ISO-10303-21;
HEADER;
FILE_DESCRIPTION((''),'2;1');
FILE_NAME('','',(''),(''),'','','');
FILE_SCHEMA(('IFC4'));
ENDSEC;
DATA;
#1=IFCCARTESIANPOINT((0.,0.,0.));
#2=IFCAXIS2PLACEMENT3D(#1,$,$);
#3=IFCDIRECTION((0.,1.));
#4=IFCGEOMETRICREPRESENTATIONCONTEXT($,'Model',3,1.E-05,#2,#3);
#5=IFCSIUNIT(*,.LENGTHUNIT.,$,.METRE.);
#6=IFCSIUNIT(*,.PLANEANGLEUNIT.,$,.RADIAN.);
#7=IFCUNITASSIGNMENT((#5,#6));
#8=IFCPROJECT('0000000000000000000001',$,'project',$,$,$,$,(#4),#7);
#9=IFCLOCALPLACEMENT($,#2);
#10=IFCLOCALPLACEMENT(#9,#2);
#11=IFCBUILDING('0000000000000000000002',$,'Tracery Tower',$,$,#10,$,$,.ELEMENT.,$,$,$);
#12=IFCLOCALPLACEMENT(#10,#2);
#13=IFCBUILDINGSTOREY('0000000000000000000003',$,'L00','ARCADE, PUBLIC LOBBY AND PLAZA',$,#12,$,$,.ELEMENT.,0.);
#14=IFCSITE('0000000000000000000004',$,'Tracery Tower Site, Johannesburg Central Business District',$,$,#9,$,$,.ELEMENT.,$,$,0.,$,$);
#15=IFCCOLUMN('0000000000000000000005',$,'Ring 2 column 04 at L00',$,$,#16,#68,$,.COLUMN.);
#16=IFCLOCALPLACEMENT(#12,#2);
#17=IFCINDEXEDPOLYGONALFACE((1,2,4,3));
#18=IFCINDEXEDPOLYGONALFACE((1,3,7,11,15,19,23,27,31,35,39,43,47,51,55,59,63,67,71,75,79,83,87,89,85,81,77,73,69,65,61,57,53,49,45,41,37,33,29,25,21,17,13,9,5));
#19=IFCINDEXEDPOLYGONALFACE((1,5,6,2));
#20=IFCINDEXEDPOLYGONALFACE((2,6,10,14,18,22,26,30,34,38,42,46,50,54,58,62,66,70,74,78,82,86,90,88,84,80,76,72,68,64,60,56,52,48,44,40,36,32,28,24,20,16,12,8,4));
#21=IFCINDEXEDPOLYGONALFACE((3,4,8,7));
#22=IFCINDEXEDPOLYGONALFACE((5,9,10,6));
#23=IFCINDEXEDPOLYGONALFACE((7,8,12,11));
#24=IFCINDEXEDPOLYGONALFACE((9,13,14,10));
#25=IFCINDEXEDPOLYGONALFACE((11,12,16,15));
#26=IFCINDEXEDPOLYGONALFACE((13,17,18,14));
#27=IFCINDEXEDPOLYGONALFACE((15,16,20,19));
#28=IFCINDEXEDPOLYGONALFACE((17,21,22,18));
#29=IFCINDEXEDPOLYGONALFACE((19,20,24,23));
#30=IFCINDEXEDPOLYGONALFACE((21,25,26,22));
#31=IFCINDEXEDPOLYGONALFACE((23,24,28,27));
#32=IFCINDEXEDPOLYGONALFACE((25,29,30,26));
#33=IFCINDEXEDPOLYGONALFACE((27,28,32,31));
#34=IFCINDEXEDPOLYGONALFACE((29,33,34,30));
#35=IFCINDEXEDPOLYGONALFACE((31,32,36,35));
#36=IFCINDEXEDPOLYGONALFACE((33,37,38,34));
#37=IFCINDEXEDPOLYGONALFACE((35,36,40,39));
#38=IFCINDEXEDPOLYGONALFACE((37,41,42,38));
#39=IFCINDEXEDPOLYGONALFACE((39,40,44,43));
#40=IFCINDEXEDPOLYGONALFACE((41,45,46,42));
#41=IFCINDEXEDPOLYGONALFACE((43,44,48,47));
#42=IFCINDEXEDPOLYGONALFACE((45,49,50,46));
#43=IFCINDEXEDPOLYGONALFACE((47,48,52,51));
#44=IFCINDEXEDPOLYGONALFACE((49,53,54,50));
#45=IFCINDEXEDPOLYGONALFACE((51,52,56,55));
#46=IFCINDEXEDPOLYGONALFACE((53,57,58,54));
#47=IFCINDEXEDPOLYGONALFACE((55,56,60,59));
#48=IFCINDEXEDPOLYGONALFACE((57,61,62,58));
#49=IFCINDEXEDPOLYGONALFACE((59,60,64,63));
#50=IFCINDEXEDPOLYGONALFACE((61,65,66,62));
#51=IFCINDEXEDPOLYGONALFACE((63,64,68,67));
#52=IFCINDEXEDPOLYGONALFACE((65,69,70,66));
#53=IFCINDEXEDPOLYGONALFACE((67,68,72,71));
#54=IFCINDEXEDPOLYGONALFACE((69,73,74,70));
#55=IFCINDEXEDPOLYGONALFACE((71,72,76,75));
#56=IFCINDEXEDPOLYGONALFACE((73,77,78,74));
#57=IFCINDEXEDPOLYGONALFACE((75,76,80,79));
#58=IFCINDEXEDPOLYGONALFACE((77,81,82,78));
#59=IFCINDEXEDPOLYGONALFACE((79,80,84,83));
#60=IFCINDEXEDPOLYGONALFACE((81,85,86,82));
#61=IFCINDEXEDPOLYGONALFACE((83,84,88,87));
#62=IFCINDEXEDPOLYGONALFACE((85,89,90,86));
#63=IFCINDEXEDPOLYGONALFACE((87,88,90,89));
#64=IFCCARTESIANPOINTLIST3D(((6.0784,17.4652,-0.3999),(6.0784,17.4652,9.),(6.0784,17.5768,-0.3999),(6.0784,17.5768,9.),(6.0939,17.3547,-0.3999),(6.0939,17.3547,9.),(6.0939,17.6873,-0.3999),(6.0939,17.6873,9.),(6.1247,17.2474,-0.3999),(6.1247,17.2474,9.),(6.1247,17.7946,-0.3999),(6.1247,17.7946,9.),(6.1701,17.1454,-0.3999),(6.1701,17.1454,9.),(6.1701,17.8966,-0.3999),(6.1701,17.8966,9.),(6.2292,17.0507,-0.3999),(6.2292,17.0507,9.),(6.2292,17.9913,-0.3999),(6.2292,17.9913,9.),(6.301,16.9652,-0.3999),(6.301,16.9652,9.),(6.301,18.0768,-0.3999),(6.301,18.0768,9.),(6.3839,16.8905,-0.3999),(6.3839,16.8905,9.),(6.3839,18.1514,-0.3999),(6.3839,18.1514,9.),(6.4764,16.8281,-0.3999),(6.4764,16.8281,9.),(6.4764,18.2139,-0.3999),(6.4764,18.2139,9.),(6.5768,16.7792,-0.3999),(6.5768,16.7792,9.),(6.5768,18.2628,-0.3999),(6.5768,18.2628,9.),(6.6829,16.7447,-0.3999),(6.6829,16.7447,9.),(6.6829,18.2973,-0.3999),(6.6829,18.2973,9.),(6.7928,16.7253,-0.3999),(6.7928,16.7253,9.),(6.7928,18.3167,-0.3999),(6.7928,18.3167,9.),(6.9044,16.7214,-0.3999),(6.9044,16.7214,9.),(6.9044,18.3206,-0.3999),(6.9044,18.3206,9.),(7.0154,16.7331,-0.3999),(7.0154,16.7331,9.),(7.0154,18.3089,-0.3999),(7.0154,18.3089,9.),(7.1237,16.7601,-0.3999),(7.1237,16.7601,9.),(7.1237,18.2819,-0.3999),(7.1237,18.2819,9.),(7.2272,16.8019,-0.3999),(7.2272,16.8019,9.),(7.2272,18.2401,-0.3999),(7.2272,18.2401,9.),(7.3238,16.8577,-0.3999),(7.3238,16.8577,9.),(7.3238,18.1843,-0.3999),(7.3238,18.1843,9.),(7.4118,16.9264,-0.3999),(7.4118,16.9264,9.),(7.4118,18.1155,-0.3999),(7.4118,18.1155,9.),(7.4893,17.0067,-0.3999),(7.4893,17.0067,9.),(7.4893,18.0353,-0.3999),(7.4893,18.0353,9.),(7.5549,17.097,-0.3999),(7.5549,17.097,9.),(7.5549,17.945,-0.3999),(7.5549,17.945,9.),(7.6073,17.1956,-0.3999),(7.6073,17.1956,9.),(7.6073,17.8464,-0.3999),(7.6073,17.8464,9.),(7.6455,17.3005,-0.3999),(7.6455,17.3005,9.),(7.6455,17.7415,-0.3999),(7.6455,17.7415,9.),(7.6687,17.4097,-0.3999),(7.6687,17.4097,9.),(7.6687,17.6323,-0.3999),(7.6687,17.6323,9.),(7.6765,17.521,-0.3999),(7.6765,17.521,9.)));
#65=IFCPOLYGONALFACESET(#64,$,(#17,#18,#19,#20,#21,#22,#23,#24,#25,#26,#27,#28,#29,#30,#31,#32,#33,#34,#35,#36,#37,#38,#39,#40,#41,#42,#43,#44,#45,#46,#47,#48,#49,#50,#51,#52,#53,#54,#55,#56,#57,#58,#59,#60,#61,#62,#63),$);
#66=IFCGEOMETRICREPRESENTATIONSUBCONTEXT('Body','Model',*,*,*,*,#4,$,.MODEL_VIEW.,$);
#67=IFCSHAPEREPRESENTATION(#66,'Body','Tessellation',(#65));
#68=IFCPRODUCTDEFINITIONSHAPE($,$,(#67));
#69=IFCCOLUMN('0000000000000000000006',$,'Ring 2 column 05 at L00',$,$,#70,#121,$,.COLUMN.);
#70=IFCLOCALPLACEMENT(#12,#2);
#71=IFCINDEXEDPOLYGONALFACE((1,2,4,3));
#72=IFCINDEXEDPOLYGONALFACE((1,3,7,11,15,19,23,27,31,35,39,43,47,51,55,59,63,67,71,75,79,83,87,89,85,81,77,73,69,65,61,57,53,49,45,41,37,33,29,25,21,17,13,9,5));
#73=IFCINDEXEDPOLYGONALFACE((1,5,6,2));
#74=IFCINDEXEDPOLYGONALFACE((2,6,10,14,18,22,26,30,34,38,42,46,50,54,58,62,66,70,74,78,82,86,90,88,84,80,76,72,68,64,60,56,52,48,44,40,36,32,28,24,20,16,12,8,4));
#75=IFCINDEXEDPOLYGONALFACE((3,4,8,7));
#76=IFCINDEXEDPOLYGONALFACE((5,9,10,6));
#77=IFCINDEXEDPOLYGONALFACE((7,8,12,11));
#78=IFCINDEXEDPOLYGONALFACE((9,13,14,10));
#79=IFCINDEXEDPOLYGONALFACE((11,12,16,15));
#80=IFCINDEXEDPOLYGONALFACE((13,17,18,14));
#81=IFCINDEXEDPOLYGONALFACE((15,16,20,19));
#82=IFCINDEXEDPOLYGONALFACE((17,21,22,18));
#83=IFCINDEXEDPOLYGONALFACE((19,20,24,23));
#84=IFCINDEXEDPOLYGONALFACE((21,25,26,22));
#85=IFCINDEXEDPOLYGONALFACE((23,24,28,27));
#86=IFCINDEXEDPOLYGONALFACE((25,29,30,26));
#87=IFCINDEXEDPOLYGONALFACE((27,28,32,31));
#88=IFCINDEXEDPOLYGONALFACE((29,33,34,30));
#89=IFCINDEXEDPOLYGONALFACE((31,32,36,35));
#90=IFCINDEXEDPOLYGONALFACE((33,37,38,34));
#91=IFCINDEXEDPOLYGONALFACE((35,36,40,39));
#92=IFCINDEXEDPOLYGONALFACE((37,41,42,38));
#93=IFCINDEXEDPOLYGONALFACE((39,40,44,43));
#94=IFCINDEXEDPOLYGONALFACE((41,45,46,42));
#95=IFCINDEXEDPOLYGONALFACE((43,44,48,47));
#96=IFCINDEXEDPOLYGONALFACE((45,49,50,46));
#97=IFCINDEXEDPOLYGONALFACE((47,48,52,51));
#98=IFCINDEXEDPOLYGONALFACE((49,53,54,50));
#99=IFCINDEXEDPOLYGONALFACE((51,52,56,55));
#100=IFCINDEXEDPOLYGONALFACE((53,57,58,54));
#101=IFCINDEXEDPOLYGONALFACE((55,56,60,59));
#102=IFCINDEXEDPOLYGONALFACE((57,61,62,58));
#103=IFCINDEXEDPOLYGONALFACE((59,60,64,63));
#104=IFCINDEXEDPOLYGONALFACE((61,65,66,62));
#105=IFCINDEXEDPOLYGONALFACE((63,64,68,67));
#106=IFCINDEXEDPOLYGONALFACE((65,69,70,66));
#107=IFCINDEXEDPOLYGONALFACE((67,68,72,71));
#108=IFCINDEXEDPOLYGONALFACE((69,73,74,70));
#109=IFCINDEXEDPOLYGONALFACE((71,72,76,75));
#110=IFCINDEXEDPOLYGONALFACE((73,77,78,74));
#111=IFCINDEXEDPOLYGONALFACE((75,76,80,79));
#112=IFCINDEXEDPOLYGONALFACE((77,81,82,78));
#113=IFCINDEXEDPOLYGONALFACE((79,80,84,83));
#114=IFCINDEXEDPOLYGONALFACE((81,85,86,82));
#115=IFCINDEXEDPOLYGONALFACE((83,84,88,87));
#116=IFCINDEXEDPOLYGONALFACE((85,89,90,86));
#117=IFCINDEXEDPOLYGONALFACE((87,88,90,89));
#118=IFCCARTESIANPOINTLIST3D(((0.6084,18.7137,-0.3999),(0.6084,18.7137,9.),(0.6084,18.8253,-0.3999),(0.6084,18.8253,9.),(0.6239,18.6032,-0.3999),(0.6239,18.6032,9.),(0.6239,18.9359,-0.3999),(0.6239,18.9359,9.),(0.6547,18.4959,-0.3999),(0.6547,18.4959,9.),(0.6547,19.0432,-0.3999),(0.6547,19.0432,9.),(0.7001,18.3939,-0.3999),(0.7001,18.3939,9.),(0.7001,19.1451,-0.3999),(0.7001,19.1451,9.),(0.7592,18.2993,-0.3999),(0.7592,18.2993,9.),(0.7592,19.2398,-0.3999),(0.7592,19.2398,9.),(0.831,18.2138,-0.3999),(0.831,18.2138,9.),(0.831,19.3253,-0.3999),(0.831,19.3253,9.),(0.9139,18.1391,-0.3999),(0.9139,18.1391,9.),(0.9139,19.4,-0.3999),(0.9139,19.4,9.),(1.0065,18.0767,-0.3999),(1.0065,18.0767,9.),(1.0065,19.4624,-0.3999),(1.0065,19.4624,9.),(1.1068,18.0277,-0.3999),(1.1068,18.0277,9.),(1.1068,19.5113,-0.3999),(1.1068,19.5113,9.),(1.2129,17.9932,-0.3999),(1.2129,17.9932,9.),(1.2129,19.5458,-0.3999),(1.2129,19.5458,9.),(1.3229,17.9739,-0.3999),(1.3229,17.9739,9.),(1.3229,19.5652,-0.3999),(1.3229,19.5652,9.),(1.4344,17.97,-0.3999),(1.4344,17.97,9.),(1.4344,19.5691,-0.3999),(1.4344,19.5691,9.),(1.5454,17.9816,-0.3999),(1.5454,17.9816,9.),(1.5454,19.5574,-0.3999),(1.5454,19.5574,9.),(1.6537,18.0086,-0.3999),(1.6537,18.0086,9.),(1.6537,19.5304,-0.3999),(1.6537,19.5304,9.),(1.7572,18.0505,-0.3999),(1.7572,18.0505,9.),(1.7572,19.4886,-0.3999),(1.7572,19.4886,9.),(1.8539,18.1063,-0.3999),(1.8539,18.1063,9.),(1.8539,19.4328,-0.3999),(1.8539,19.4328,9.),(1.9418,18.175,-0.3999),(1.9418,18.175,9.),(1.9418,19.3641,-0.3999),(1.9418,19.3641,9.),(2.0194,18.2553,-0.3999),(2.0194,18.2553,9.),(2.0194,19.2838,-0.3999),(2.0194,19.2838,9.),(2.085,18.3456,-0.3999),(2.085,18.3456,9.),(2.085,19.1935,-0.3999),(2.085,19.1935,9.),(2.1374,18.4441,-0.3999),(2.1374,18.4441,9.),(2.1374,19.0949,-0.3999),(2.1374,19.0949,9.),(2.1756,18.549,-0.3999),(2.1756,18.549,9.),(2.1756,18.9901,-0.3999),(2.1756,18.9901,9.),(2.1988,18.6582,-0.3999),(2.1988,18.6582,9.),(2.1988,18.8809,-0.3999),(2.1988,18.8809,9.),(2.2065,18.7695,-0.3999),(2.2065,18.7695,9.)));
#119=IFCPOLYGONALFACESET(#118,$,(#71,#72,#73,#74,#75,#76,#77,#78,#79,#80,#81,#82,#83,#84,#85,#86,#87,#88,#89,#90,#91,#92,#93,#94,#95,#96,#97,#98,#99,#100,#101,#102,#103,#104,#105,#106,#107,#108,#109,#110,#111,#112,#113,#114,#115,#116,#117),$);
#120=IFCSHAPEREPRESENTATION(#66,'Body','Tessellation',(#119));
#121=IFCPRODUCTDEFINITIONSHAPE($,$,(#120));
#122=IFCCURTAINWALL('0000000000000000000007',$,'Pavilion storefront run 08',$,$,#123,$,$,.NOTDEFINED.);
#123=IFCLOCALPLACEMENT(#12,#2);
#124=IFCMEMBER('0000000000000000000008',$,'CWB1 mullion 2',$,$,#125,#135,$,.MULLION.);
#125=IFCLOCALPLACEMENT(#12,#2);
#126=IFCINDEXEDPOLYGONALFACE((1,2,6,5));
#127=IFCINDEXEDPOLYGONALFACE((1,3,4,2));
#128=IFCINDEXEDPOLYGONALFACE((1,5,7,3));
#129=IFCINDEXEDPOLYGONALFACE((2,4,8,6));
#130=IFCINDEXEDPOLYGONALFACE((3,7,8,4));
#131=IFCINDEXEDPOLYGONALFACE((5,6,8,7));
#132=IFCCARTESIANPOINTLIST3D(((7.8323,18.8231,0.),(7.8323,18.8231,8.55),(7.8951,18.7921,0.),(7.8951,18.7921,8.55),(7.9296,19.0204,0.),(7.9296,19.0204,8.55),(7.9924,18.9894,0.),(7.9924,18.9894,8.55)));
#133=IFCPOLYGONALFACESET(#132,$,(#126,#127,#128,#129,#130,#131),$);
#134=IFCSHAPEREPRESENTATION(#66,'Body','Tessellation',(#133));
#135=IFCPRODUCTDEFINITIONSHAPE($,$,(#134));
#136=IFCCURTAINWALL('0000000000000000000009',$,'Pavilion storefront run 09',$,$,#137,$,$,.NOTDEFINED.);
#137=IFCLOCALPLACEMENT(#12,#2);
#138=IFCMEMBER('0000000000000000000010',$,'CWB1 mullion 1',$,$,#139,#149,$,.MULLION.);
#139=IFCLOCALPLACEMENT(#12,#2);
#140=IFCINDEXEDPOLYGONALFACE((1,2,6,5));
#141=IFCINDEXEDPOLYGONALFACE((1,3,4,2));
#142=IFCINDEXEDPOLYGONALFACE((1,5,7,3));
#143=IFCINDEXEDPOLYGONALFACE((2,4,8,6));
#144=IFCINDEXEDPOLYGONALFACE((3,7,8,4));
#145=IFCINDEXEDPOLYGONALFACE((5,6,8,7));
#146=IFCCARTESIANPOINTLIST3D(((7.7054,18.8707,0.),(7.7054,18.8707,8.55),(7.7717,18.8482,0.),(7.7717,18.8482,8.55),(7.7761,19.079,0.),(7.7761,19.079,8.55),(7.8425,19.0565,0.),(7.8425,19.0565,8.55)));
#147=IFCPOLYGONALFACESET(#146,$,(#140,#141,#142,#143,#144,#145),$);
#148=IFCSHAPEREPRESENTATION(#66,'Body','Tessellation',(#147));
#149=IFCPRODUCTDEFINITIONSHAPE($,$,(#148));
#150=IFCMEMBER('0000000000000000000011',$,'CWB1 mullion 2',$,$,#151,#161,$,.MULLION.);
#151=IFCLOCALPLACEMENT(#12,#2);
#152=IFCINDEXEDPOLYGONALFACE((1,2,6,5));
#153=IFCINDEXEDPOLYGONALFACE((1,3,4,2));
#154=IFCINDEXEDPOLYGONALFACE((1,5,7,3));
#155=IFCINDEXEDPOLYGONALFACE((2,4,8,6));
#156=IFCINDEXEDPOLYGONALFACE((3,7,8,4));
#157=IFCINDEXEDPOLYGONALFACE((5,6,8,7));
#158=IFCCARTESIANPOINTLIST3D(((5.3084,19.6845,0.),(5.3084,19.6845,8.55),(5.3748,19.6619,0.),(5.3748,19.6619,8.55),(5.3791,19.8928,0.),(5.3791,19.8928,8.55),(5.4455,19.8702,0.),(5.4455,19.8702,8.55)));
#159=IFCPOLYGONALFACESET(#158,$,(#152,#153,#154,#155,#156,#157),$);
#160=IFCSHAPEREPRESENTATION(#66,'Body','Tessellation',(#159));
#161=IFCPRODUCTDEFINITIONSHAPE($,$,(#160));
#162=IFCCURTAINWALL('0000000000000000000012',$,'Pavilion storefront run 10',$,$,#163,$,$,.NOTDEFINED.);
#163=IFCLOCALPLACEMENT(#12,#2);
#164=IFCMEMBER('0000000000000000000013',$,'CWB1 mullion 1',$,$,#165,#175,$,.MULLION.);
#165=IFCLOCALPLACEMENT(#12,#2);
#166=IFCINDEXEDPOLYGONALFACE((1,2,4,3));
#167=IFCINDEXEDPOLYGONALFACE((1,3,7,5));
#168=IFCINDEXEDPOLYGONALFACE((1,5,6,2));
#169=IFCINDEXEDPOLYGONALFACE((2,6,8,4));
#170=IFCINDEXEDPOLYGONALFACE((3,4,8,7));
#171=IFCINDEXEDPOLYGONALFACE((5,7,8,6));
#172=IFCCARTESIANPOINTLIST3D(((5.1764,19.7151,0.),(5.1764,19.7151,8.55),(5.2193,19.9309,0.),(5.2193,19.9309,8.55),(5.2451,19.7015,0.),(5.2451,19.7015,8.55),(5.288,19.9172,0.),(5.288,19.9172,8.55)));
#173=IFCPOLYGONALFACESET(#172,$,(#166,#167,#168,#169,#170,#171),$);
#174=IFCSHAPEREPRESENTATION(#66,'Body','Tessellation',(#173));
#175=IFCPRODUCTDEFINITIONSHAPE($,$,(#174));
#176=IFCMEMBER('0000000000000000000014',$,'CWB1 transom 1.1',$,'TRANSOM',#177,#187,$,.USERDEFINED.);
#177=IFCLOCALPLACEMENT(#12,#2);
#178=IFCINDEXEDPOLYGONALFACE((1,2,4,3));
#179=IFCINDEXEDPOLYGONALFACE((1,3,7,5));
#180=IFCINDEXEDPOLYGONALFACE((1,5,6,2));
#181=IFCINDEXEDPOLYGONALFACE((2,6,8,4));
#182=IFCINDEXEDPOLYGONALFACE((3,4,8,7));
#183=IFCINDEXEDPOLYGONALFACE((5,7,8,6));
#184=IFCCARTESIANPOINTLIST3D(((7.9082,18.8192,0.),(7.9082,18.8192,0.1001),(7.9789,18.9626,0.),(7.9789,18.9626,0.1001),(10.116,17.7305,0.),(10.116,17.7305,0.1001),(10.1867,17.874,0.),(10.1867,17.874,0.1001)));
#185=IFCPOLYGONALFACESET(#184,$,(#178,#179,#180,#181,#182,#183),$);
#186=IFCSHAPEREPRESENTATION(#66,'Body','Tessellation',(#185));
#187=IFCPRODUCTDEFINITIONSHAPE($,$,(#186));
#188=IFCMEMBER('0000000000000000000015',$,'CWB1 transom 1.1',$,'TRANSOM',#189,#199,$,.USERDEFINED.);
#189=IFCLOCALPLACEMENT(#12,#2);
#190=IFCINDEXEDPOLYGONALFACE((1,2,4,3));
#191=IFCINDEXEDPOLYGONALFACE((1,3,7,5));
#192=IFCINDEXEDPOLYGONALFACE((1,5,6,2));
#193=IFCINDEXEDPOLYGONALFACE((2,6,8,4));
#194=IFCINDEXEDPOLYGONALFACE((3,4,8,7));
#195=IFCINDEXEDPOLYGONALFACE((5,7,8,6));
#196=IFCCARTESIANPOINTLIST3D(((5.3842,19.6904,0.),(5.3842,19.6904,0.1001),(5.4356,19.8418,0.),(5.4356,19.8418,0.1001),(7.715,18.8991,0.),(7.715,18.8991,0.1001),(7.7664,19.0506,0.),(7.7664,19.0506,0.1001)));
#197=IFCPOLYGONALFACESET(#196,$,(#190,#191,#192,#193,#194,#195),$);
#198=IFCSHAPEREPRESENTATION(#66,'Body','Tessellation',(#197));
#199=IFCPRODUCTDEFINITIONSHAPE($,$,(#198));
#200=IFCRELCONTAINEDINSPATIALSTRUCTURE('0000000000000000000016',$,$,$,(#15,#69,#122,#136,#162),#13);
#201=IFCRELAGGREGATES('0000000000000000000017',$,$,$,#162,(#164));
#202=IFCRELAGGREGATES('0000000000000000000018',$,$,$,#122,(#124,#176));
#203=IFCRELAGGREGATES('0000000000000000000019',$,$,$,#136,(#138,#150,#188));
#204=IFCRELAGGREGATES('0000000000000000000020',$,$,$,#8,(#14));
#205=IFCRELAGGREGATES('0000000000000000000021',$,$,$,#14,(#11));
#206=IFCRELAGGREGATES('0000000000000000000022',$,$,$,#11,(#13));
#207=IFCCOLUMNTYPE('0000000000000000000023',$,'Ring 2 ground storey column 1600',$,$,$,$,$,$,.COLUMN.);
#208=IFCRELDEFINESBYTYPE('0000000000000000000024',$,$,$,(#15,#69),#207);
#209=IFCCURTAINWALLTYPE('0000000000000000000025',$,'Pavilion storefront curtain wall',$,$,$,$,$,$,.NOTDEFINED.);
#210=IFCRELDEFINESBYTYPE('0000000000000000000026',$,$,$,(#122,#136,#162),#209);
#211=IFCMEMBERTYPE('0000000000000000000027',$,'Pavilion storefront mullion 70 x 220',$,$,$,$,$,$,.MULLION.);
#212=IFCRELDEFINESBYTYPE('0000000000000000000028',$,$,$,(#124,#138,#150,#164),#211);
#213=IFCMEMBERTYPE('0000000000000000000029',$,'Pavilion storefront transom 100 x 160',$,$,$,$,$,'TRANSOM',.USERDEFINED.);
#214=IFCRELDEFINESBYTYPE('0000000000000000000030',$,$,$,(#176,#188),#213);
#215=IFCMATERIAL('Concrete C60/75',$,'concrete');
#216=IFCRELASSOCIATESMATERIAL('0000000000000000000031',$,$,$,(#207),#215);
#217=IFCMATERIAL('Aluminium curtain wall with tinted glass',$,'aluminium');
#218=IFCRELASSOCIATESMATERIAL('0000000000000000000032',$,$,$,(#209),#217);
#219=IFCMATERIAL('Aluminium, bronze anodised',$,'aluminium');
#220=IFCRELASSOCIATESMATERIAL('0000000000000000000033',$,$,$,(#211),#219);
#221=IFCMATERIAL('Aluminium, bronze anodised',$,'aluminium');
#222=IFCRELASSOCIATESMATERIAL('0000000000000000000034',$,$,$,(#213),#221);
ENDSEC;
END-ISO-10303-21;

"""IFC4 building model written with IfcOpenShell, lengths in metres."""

from ifc_helpers import new_model, si_unit, direction, frame, origin, origin_2d, place, context, subcontext, project, spatial, rectangle, circle, extrude, material, material_profile, profile_set, type_object, element, aggregate, save


model = new_model("IFC4")

# Units and contexts
model_context = context("Model", 3, precision=1e-05, world=origin(), true_north=direction((0.0, 1.0)))
body_context = subcontext(model_context, "Body", "Model", "MODEL_VIEW")
ifc_project = project(units=[si_unit("LENGTHUNIT", "METRE"), si_unit("PLANEANGLEUNIT", "RADIAN")], contexts=[model_context])

# Site, building, storey
site_placement = place(None, origin())
site = spatial("IfcSite", under=ifc_project, at=site_placement, Name="Tracery Tower Site, Johannesburg Central Business District", CompositionType="ELEMENT", RefElevation=0.0)
building_placement = place(site_placement, origin())
building = spatial("IfcBuilding", under=site, at=building_placement, Name="Tracery Tower", CompositionType="ELEMENT")
storey_placement = place(building_placement, origin())
storey = spatial("IfcBuildingStorey", under=building, at=storey_placement, Name="L00", Description="ARCADE, PUBLIC LOBBY AND PLAZA", CompositionType="ELEMENT", Elevation=0.0)

# Columns
ifc_material_1 = material(Name="Concrete C60/75", Category="concrete")
ifc_material_profile_1 = material_profile(ifc_material_1, circle(Radius=0.8, at=origin_2d()), Name="RC D1600")
ifc_profile_set_1 = profile_set([ifc_material_profile_1], Name="Concrete C60/75")
column_type = type_object("IfcColumnType", Name="Ring 2 ground storey column 1600", PredefinedType="COLUMN", material=ifc_profile_set_1)
for number, where, z_axis, x_axis, name in (
    (1, (6.8765, 17.521, -0.3999), (0.0, 0.0, 1.0), (1.0, 0.0, 0.0), "Ring 2 column 04 at L00"),
    (2, (1.4065, 18.7695, -0.3999), (0.0, 0.0, 1.0), (1.0, 0.0, 0.0), "Ring 2 column 05 at L00"),
):
    element("IfcColumn", number, at=place(storey_placement, frame(where, z_axis=z_axis, x_axis=x_axis)), inside=storey, type_object=column_type, Name=name, PredefinedType="COLUMN", context=body_context, shape_type="SweptSolid", body=[
        extrude(circle(Radius=0.8, at=origin_2d()), origin(), (0.0, 0.0, 1.0), 9.3999),
    ])

# Curtain wall, member
ifc_material_2 = material(Name="Aluminium curtain wall with tinted glass", Category="aluminium")
curtain_wall_type = type_object("IfcCurtainWallType", Name="Pavilion storefront curtain wall", PredefinedType="NOTDEFINED", material=ifc_material_2)
curtain_wall_1_placement = place(storey_placement, origin())
curtain_wall_1 = element("IfcCurtainWall", 3, at=curtain_wall_1_placement, inside=storey, type_object=curtain_wall_type, Name="Pavilion storefront run 08", PredefinedType="NOTDEFINED")
ifc_material_3 = material(Name="Aluminium, bronze anodised", Category="aluminium")
ifc_material_profile_2 = material_profile(ifc_material_3, rectangle(XDim=0.22, YDim=0.0701, at=origin_2d()), Name="Pavilion storefront mullion 70 x 220")
ifc_profile_set_2 = profile_set([ifc_material_profile_2], Name="Aluminium, bronze anodised")
member_type_1 = type_object("IfcMemberType", Name="Pavilion storefront mullion 70 x 220", PredefinedType="MULLION", material=ifc_profile_set_2)
member_1_placement = place(storey_placement, frame((7.9124, 18.9062, 0.0), z_axis=(0.0, 0.0, 1.0), x_axis=(-0.442287, -0.896874, 0.0)))
member_1 = element("IfcMember", 4, at=member_1_placement, type_object=member_type_1, Name="CWB1 mullion 2", PredefinedType="MULLION", context=body_context, shape_type="SweptSolid", body=[
    extrude(rectangle(XDim=0.22, YDim=0.0701, at=origin_2d()), origin(), (0.0, 0.0, 1.0), 8.55),
])

# Curtain wall, members
curtain_wall_2_placement = place(storey_placement, origin())
curtain_wall_2 = element("IfcCurtainWall", 5, at=curtain_wall_2_placement, inside=storey, type_object=curtain_wall_type, Name="Pavilion storefront run 09", PredefinedType="NOTDEFINED")
member_2_placement = place(storey_placement, frame((7.7739, 18.9636, 0.0), z_axis=(0.0, 0.0, 1.0), x_axis=(-0.321435, -0.946931, 0.0)))
member_2 = element("IfcMember", 6, at=member_2_placement, type_object=member_type_1, Name="CWB1 mullion 1", PredefinedType="MULLION", context=body_context, shape_type="SweptSolid", body=[
    extrude(rectangle(XDim=0.22, YDim=0.0701, at=origin_2d()), origin(), (0.0, 0.0, 1.0), 8.55),
])
member_3_placement = place(storey_placement, frame((5.377, 19.7773, 0.0), z_axis=(0.0, 0.0, 1.0), x_axis=(-0.321435, -0.946931, 0.0)))
member_3 = element("IfcMember", 7, at=member_3_placement, type_object=member_type_1, Name="CWB1 mullion 2", PredefinedType="MULLION", context=body_context, shape_type="SweptSolid", body=[
    extrude(rectangle(XDim=0.22, YDim=0.0701, at=origin_2d()), origin(), (0.0, 0.0, 1.0), 8.55),
])

# Curtain wall, member
curtain_wall_3_placement = place(storey_placement, origin())
curtain_wall_3 = element("IfcCurtainWall", 8, at=curtain_wall_3_placement, inside=storey, type_object=curtain_wall_type, Name="Pavilion storefront run 10", PredefinedType="NOTDEFINED")
member_4_placement = place(storey_placement, frame((5.2322, 19.8162, 0.0), z_axis=(0.0, 0.0, 1.0), x_axis=(-0.195074, -0.980789, 0.0)))
member_4 = element("IfcMember", 9, at=member_4_placement, type_object=member_type_1, Name="CWB1 mullion 1", PredefinedType="MULLION", context=body_context, shape_type="SweptSolid", body=[
    extrude(rectangle(XDim=0.22, YDim=0.0701, at=origin_2d()), origin(), (0.0, 0.0, 1.0), 8.55),
])

# Members
ifc_material_4 = material(Name="Aluminium, bronze anodised", Category="aluminium")
ifc_material_profile_3 = material_profile(ifc_material_4, rectangle(XDim=0.1599, YDim=0.1001, at=origin_2d()), Name="Pavilion storefront transom 100 x 160")
ifc_profile_set_3 = profile_set([ifc_material_profile_3], Name="Aluminium, bronze anodised")
member_type_2 = type_object("IfcMemberType", Name="Pavilion storefront transom 100 x 160", ElementType="TRANSOM", PredefinedType="USERDEFINED", material=ifc_profile_set_3)
member_5_placement = place(storey_placement, frame((10.1514, 17.8022, 0.05), z_axis=(-0.896893, 0.442248, 0.0), x_axis=(-0.442248, -0.896893, 0.0)))
member_5 = element("IfcMember", 10, at=member_5_placement, type_object=member_type_2, Name="CWB1 transom 1.1", ObjectType="TRANSOM", PredefinedType="USERDEFINED", context=body_context, shape_type="SweptSolid", body=[
    extrude(rectangle(XDim=0.1599, YDim=0.1001, at=origin_2d()), origin(), (0.0, 0.0, 1.0), 2.4617),
])
member_6_placement = place(storey_placement, frame((7.7407, 18.9749, 0.05), z_axis=(-0.946923, 0.32146, 0.0), x_axis=(-0.32146, -0.946923, 0.0)))
member_6 = element("IfcMember", 11, at=member_6_placement, type_object=member_type_2, Name="CWB1 transom 1.1", ObjectType="TRANSOM", PredefinedType="USERDEFINED", context=body_context, shape_type="SweptSolid", body=[
    extrude(rectangle(XDim=0.1599, YDim=0.1001, at=origin_2d()), origin(), (0.0, 0.0, 1.0), 2.4614),
])
aggregate(curtain_wall_3, [member_4])

aggregate(curtain_wall_1, [member_1, member_5])
aggregate(curtain_wall_2, [member_2, member_3, member_6])

save(model, "model.ifc")
